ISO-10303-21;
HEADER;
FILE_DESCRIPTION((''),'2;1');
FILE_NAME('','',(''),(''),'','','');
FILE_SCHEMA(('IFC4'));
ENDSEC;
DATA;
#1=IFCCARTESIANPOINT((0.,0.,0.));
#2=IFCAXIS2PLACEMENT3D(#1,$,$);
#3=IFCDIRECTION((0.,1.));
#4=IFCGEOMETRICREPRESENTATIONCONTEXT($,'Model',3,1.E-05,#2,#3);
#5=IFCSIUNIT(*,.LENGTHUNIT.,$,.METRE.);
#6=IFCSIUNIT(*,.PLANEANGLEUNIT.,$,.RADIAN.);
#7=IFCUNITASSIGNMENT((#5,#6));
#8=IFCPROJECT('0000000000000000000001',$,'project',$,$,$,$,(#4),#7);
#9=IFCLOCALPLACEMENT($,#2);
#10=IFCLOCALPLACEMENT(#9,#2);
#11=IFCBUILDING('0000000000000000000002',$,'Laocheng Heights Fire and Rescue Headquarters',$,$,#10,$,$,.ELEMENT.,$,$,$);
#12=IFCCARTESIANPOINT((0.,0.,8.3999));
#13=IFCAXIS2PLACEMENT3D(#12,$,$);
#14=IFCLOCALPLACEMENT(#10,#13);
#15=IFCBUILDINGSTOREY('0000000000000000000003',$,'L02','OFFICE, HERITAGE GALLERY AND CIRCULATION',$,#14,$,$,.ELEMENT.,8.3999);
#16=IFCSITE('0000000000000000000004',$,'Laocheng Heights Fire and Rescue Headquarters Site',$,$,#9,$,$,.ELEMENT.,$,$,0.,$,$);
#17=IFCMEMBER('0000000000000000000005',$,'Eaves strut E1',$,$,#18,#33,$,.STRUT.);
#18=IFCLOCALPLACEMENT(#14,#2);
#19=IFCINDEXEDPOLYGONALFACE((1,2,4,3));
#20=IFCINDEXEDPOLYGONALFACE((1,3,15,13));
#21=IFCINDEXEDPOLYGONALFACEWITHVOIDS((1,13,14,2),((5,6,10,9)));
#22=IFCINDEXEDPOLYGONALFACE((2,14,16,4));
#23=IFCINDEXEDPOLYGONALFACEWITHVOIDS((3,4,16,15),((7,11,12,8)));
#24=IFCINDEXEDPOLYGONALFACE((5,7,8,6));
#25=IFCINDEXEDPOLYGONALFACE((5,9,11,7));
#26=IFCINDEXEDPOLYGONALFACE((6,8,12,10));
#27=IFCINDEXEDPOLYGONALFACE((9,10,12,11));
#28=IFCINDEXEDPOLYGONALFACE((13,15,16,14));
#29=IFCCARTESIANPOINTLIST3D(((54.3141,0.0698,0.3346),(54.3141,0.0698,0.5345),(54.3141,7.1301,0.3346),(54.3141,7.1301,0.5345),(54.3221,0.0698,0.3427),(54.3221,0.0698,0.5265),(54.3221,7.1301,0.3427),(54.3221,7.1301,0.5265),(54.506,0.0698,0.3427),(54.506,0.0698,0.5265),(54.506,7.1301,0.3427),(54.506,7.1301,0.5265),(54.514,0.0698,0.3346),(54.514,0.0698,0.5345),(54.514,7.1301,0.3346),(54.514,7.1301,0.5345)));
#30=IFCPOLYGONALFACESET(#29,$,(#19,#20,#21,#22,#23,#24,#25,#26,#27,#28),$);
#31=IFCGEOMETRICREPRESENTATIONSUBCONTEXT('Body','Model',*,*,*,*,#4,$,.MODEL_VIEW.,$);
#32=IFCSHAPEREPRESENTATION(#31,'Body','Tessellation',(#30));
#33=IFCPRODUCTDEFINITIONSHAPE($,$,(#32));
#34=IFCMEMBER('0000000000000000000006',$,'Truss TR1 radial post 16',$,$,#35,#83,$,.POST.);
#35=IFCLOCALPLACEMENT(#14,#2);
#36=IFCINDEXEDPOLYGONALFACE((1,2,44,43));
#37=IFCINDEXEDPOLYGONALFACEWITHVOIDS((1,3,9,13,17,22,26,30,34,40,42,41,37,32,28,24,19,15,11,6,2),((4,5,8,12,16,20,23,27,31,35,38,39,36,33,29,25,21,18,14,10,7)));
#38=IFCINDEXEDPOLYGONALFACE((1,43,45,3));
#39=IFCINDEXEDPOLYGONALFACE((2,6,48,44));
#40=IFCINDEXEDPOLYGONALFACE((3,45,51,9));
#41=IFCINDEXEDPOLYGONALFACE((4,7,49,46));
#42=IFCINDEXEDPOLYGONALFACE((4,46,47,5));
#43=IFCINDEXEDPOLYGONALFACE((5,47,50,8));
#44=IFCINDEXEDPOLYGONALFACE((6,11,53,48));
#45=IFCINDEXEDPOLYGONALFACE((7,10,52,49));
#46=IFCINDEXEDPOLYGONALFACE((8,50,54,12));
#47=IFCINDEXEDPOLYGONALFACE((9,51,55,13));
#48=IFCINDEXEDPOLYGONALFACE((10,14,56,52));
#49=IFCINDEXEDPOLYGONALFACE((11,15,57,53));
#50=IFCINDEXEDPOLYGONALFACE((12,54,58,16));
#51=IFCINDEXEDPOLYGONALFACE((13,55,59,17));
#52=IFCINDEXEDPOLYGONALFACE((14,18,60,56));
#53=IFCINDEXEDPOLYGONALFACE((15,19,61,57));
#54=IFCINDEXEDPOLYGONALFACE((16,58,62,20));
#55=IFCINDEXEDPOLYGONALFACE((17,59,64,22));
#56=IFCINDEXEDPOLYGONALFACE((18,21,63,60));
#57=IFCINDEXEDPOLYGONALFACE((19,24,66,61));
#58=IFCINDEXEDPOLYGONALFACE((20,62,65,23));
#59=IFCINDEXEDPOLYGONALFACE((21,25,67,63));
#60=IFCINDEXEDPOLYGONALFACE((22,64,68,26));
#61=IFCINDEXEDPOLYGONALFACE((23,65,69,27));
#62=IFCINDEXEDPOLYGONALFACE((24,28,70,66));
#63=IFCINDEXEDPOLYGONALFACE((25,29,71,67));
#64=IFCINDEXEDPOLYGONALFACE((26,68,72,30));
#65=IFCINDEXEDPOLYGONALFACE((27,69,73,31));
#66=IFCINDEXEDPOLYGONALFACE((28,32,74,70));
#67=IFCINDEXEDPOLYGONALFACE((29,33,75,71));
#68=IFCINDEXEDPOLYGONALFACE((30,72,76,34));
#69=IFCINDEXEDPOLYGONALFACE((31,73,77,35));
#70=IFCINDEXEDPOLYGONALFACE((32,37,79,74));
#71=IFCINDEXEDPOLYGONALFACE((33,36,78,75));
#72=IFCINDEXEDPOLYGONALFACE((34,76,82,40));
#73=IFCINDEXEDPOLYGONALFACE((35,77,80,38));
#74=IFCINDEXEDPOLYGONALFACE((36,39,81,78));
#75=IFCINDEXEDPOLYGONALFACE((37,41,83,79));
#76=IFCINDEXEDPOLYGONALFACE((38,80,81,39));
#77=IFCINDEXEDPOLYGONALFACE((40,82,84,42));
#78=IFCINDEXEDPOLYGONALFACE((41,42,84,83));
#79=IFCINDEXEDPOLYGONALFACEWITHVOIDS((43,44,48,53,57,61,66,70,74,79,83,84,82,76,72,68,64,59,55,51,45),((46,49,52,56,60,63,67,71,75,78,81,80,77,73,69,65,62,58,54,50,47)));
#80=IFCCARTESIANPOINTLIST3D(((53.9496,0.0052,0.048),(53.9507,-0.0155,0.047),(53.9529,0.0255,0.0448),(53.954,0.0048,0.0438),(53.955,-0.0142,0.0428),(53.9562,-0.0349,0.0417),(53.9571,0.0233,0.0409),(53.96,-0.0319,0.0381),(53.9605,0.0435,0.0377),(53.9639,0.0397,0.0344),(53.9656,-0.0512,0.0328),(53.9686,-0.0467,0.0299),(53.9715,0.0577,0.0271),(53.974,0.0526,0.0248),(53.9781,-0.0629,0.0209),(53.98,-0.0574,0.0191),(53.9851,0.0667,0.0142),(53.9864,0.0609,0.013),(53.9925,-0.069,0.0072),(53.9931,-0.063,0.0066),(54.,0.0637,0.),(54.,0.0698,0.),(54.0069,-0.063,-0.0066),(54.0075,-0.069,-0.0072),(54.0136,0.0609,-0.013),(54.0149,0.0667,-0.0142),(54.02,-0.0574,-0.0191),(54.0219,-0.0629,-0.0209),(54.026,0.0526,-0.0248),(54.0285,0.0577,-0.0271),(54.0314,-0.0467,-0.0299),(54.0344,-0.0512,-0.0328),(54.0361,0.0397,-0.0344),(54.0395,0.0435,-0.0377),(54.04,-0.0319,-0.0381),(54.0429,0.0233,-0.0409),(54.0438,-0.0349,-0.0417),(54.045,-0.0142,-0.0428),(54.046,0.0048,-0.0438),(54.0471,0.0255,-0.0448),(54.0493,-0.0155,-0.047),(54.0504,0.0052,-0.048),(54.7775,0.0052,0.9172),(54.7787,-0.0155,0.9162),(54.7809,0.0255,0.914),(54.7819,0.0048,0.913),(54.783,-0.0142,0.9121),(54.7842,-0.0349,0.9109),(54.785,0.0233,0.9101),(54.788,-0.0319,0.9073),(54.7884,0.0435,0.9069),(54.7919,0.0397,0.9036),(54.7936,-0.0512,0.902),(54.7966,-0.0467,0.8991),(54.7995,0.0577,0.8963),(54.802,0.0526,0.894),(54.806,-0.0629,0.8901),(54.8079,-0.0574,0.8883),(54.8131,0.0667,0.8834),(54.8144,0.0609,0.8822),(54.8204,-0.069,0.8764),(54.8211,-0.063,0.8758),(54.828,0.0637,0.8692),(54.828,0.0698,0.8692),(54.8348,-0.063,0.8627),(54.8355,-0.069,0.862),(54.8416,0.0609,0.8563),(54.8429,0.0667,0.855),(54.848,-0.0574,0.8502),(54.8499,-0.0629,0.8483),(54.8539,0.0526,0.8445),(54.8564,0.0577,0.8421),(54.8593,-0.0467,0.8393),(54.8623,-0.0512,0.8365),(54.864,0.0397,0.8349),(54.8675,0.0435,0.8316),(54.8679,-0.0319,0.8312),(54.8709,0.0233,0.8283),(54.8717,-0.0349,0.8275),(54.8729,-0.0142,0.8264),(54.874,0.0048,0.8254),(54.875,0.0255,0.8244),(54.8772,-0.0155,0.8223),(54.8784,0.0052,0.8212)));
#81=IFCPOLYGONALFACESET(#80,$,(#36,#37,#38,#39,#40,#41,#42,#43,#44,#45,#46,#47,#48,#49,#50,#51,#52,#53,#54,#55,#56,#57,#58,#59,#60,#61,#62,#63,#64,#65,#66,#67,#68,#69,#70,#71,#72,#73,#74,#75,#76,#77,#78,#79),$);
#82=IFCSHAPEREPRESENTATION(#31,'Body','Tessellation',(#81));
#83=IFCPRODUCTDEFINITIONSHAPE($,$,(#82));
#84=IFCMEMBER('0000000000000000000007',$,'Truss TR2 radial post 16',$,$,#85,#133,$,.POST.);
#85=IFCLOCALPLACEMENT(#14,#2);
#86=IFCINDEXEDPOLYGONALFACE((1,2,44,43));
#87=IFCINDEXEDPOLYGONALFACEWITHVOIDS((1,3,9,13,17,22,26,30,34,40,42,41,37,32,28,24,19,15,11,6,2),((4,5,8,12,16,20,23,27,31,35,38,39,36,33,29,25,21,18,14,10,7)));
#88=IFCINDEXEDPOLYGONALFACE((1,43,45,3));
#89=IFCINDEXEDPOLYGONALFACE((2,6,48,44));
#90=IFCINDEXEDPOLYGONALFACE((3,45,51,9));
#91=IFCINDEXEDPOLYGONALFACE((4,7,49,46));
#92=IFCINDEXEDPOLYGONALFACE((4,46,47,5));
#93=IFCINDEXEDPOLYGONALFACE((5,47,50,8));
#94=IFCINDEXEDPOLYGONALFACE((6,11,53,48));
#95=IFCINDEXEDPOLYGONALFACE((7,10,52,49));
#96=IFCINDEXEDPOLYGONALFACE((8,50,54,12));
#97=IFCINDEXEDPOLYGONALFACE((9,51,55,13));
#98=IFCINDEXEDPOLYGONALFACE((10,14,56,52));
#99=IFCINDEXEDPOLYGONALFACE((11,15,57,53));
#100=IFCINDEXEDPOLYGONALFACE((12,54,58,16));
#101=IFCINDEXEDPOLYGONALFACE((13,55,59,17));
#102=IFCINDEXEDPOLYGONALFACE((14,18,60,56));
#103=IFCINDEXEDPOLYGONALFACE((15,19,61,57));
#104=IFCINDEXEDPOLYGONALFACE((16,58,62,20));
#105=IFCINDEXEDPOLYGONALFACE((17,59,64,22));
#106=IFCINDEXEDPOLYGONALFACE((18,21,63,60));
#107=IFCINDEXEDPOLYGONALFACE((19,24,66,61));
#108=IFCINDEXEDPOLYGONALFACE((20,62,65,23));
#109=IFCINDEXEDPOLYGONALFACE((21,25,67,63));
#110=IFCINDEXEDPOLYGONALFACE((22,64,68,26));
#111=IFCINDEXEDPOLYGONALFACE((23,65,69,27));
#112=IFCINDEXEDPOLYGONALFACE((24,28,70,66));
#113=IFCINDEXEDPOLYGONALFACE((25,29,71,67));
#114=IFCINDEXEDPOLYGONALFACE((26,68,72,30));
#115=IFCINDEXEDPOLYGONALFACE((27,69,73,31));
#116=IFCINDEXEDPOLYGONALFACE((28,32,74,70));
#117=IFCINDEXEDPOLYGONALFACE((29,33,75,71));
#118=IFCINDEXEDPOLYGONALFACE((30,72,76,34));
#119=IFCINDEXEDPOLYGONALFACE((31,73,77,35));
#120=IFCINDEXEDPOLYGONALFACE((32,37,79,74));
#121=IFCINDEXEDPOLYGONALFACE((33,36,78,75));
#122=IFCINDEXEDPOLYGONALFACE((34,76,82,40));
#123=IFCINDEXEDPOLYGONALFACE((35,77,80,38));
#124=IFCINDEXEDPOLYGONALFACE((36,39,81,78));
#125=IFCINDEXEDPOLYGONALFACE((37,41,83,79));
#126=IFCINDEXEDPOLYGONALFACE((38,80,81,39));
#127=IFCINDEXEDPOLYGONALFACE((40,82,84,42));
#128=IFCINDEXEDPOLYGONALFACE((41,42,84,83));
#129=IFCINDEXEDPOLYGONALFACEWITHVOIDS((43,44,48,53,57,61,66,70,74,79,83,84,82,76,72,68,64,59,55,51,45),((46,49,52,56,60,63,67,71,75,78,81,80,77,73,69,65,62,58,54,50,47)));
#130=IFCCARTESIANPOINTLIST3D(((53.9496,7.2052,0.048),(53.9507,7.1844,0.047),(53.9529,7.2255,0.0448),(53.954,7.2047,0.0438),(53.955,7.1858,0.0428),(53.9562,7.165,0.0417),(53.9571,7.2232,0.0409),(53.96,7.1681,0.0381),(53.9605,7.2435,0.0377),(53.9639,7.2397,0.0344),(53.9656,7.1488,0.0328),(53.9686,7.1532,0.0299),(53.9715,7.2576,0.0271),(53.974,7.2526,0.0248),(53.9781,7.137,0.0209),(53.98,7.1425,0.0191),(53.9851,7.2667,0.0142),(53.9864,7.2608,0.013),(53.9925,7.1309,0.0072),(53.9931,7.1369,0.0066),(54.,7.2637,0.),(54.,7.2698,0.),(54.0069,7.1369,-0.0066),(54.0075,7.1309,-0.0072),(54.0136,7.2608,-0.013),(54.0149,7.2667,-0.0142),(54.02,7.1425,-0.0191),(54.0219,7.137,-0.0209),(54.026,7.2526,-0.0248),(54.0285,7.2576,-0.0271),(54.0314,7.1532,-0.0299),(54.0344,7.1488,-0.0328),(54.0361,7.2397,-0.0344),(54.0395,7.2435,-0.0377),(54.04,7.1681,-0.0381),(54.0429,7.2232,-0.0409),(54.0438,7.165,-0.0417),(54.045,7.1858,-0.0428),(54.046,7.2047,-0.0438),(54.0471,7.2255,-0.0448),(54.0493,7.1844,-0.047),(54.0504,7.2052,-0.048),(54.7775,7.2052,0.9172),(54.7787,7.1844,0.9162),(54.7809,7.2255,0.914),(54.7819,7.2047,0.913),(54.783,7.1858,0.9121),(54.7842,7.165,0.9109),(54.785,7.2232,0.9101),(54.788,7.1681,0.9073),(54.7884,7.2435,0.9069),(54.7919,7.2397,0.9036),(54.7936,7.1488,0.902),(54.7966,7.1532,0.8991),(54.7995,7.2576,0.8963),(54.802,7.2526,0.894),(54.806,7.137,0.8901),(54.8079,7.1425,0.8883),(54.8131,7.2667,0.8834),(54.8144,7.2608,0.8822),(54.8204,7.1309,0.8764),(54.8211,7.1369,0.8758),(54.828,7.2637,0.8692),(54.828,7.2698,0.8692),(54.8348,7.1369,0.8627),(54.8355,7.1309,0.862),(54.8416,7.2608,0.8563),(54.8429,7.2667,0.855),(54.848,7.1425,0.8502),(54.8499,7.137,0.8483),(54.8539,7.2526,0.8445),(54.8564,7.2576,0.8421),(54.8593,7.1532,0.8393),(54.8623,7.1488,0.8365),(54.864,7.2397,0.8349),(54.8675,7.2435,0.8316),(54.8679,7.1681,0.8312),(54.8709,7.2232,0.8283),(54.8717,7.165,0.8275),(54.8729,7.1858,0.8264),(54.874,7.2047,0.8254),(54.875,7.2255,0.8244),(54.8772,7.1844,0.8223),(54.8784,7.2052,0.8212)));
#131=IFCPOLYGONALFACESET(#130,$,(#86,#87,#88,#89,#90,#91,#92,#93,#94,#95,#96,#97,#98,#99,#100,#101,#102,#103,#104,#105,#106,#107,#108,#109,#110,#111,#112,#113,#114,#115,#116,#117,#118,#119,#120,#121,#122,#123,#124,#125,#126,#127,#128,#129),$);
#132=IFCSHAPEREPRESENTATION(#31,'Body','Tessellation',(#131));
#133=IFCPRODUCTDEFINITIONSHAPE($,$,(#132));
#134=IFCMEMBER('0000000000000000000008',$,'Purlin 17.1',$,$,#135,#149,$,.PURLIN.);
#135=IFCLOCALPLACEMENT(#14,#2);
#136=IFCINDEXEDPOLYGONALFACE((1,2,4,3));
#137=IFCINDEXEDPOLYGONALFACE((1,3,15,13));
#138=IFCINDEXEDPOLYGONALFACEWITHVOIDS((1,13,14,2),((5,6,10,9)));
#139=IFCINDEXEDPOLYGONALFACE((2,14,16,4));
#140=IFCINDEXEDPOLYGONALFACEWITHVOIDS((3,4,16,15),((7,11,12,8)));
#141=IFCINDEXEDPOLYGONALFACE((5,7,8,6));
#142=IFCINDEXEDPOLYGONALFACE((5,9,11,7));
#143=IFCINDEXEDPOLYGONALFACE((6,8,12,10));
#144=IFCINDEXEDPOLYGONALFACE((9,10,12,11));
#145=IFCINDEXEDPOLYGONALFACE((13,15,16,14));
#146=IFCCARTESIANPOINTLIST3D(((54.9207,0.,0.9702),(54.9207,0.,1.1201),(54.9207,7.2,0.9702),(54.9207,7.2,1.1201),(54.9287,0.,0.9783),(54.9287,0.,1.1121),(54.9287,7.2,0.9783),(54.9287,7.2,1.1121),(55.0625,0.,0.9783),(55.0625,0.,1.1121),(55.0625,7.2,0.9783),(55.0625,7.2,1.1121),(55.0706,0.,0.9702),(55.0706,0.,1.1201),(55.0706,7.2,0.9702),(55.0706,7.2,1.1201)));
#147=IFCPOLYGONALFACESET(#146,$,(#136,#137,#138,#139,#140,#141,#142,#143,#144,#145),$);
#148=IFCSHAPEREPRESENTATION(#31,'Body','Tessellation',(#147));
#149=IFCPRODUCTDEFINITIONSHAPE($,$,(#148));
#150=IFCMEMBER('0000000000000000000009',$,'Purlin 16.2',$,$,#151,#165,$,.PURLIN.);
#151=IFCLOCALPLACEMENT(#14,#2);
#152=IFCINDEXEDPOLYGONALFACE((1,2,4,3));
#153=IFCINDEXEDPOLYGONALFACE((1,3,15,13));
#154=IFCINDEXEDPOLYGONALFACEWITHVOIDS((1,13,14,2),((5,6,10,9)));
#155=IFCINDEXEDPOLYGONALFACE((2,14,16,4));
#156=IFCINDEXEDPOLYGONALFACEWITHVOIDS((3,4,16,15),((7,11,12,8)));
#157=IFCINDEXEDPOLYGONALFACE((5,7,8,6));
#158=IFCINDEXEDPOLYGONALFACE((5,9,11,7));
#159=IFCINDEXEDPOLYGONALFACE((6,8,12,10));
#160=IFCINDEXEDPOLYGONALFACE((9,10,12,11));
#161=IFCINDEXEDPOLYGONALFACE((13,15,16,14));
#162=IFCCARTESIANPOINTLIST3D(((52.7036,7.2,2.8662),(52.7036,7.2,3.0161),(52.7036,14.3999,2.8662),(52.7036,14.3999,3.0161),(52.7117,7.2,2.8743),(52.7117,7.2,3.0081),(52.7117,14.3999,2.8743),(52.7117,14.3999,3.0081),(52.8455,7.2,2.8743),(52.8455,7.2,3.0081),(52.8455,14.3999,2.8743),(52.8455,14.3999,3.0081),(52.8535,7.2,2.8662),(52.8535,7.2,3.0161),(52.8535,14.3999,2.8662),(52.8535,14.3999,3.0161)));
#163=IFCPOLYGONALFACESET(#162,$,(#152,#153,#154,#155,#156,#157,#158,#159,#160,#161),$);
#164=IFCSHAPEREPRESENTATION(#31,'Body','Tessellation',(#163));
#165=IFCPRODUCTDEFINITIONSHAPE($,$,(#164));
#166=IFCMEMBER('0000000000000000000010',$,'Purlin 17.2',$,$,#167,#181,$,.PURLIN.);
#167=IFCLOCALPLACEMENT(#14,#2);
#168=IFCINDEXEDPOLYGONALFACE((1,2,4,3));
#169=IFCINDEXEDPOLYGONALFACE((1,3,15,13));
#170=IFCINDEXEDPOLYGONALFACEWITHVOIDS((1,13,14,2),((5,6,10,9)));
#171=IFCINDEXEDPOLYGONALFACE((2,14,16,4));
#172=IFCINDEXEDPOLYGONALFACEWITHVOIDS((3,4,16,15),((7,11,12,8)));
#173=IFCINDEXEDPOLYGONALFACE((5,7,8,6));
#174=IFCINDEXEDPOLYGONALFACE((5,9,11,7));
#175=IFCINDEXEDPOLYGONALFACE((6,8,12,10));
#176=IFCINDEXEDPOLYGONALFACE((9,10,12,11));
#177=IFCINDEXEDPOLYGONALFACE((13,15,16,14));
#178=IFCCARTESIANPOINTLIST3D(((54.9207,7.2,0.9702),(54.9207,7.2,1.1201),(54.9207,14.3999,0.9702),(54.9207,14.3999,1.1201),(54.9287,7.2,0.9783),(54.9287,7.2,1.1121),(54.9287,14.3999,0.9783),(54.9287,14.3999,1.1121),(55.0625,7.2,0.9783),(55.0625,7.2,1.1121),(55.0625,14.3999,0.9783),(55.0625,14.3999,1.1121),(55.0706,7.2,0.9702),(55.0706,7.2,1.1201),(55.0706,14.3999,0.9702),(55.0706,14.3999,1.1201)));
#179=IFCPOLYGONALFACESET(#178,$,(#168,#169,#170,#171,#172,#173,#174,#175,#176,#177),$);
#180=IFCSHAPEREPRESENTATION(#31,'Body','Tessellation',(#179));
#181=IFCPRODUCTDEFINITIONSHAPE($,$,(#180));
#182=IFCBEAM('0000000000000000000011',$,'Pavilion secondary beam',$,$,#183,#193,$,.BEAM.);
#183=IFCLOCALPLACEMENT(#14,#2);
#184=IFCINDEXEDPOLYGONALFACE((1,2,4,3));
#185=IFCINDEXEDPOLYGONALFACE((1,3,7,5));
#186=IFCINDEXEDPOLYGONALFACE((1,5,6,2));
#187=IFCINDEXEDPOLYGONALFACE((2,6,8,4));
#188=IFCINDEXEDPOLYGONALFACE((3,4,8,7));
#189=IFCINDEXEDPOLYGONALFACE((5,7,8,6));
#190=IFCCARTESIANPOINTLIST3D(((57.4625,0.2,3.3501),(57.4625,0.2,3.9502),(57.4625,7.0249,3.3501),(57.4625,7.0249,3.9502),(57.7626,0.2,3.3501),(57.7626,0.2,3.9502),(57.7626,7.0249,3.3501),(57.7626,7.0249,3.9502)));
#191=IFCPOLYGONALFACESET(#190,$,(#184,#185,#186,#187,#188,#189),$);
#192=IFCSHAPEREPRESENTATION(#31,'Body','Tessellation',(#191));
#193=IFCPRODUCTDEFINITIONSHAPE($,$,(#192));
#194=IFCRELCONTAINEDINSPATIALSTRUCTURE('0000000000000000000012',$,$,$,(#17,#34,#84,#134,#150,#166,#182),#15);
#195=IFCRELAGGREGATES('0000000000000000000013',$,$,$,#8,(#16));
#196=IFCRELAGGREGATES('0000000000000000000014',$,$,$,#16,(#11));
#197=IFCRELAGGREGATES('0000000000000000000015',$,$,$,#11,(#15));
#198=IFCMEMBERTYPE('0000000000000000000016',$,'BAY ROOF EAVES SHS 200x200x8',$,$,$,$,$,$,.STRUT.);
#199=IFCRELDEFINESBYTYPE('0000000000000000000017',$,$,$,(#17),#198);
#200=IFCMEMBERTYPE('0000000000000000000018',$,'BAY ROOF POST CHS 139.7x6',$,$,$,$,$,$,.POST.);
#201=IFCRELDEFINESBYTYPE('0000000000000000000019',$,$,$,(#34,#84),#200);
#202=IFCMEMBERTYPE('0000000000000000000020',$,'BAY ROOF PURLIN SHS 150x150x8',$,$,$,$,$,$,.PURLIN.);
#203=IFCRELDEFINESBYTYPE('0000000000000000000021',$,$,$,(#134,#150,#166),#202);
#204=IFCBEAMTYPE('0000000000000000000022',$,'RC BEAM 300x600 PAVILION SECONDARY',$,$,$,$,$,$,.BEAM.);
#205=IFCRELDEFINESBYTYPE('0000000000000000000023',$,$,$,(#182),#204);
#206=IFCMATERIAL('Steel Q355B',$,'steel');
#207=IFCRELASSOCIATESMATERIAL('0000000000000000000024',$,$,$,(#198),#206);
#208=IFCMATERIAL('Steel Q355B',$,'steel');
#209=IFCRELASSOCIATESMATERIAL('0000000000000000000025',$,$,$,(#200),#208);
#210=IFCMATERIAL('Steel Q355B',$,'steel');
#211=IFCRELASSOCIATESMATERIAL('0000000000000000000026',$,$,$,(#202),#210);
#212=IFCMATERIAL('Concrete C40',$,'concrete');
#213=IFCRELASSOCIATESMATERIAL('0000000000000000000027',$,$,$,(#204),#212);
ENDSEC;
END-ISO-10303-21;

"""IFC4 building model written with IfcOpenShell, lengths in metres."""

from ifc_helpers import new_model, si_unit, direction, frame, origin, origin_2d, place, context, subcontext, project, spatial, rectangle, hollow_rectangle, hollow_circle, extrude, material, material_profile, profile_set, type_object, element, save


model = new_model("IFC4")

# Units and contexts
model_context = context("Model", 3, precision=1e-05, world=origin(), true_north=direction((0.0, 1.0)))
body_context = subcontext(model_context, "Body", "Model", "MODEL_VIEW")
ifc_project = project(units=[si_unit("LENGTHUNIT", "METRE"), si_unit("PLANEANGLEUNIT", "RADIAN")], contexts=[model_context])

# Site, building, storey
site_placement = place(None, origin())
site = spatial("IfcSite", under=ifc_project, at=site_placement, Name="Laocheng Heights Fire and Rescue Headquarters Site", CompositionType="ELEMENT", RefElevation=0.0)
building_placement = place(site_placement, origin())
building = spatial("IfcBuilding", under=site, at=building_placement, Name="Laocheng Heights Fire and Rescue Headquarters", CompositionType="ELEMENT")
storey_placement = place(building_placement, frame((0.0, 0.0, 8.3999)))
storey = spatial("IfcBuildingStorey", under=building, at=storey_placement, Name="L02", Description="OFFICE, HERITAGE GALLERY AND CIRCULATION", CompositionType="ELEMENT", Elevation=8.3999)

# Members
ifc_material_1 = material(Name="Steel Q355B", Category="steel")
ifc_material_profile_1 = material_profile(ifc_material_1, hollow_rectangle(XDim=0.2, YDim=0.2, WallThickness=0.0081, at=origin_2d()), Name="SHS 200x200x8")
ifc_profile_set_1 = profile_set([ifc_material_profile_1], Name="Steel Q355B")
member_type_1 = type_object("IfcMemberType", Name="BAY ROOF EAVES SHS 200x200x8", PredefinedType="STRUT", material=ifc_profile_set_1)
member_1_placement = place(storey_placement, frame((54.4141, 0.0698, 0.4346), z_axis=(0.0, 1.0, 0.0), x_axis=(-1.0, 0.0, 0.0)))
element("IfcMember", 1, at=member_1_placement, inside=storey, type_object=member_type_1, Name="Eaves strut E1", PredefinedType="STRUT", context=body_context, shape_type="SweptSolid", body=[
    extrude(hollow_rectangle(XDim=0.2, YDim=0.2, WallThickness=0.0081, at=origin_2d()), origin(), (0.0, 0.0, 1.0), 7.0603),
])
ifc_material_2 = material(Name="Steel Q355B", Category="steel")
ifc_material_profile_2 = material_profile(ifc_material_2, hollow_circle(Radius=0.0698, WallThickness=0.0061, at=origin_2d()), Name="CHS 139.7x6")
ifc_profile_set_2 = profile_set([ifc_material_profile_2], Name="Steel Q355B")
member_type_2 = type_object("IfcMemberType", Name="BAY ROOF POST CHS 139.7x6", PredefinedType="POST", material=ifc_profile_set_2)
for number, where, z_axis, x_axis, name in (
    (2, (54.0, 0.0, 0.0), (0.689711, 0.0, 0.724085), (0.0, 1.0, 0.0), "Truss TR1 radial post 16"),
    (3, (54.0, 7.2, 0.0), (0.689711, 0.0, 0.724085), (0.0, 1.0, 0.0), "Truss TR2 radial post 16"),
):
    element("IfcMember", number, at=place(storey_placement, frame(where, z_axis=z_axis, x_axis=x_axis)), inside=storey, type_object=member_type_2, Name=name, PredefinedType="POST", context=body_context, shape_type="SweptSolid", body=[
        extrude(hollow_circle(Radius=0.0698, WallThickness=0.0061, at=origin_2d()), origin(), (0.0, 0.0, 1.0), 1.2004),
    ])
ifc_material_3 = material(Name="Steel Q355B", Category="steel")
ifc_material_profile_3 = material_profile(ifc_material_3, hollow_rectangle(XDim=0.1499, YDim=0.1499, WallThickness=0.0081, at=origin_2d()), Name="SHS 150x150x8")
ifc_profile_set_3 = profile_set([ifc_material_profile_3], Name="Steel Q355B")
member_type_3 = type_object("IfcMemberType", Name="BAY ROOF PURLIN SHS 150x150x8", PredefinedType="PURLIN", material=ifc_profile_set_3)
for number, where, z_axis, x_axis, name in (
    (4, (54.9956, 0.0, 1.0452), (0.0, 1.0, 0.0), (-1.0, 0.0, 0.0), "Purlin 17.1"),
    (5, (52.7786, 7.2, 2.9412), (0.0, 1.0, 0.0), (-1.0, 0.0, 0.0), "Purlin 16.2"),
    (6, (54.9956, 7.2, 1.0452), (0.0, 1.0, 0.0), (-1.0, 0.0, 0.0), "Purlin 17.2"),
):
    element("IfcMember", number, at=place(storey_placement, frame(where, z_axis=z_axis, x_axis=x_axis)), inside=storey, type_object=member_type_3, Name=name, PredefinedType="PURLIN", context=body_context, shape_type="SweptSolid", body=[
        extrude(hollow_rectangle(XDim=0.1499, YDim=0.1499, WallThickness=0.0081, at=origin_2d()), origin(), (0.0, 0.0, 1.0), 7.2),
    ])

# Beam
ifc_material_4 = material(Name="Concrete C40", Category="concrete")
ifc_material_profile_4 = material_profile(ifc_material_4, rectangle(XDim=0.3, YDim=0.6001, at=origin_2d()), Name="RC BEAM 300x600 PAVILION SECONDARY")
ifc_profile_set_4 = profile_set([ifc_material_profile_4], Name="Concrete C40")
beam_type_1 = type_object("IfcBeamType", Name="RC BEAM 300x600 PAVILION SECONDARY", PredefinedType="BEAM", material=ifc_profile_set_4)
beam_1_placement = place(storey_placement, frame((57.6125, 0.2, 3.6501), z_axis=(0.0, 1.0, 0.0), x_axis=(-1.0, 0.0, 0.0)))
element("IfcBeam", 7, at=beam_1_placement, inside=storey, type_object=beam_type_1, Name="Pavilion secondary beam", PredefinedType="BEAM", context=body_context, shape_type="SweptSolid", body=[
    extrude(rectangle(XDim=0.3, YDim=0.6001, at=origin_2d()), origin(), (0.0, 0.0, 1.0), 6.825),
])

save(model, "model.ifc")
